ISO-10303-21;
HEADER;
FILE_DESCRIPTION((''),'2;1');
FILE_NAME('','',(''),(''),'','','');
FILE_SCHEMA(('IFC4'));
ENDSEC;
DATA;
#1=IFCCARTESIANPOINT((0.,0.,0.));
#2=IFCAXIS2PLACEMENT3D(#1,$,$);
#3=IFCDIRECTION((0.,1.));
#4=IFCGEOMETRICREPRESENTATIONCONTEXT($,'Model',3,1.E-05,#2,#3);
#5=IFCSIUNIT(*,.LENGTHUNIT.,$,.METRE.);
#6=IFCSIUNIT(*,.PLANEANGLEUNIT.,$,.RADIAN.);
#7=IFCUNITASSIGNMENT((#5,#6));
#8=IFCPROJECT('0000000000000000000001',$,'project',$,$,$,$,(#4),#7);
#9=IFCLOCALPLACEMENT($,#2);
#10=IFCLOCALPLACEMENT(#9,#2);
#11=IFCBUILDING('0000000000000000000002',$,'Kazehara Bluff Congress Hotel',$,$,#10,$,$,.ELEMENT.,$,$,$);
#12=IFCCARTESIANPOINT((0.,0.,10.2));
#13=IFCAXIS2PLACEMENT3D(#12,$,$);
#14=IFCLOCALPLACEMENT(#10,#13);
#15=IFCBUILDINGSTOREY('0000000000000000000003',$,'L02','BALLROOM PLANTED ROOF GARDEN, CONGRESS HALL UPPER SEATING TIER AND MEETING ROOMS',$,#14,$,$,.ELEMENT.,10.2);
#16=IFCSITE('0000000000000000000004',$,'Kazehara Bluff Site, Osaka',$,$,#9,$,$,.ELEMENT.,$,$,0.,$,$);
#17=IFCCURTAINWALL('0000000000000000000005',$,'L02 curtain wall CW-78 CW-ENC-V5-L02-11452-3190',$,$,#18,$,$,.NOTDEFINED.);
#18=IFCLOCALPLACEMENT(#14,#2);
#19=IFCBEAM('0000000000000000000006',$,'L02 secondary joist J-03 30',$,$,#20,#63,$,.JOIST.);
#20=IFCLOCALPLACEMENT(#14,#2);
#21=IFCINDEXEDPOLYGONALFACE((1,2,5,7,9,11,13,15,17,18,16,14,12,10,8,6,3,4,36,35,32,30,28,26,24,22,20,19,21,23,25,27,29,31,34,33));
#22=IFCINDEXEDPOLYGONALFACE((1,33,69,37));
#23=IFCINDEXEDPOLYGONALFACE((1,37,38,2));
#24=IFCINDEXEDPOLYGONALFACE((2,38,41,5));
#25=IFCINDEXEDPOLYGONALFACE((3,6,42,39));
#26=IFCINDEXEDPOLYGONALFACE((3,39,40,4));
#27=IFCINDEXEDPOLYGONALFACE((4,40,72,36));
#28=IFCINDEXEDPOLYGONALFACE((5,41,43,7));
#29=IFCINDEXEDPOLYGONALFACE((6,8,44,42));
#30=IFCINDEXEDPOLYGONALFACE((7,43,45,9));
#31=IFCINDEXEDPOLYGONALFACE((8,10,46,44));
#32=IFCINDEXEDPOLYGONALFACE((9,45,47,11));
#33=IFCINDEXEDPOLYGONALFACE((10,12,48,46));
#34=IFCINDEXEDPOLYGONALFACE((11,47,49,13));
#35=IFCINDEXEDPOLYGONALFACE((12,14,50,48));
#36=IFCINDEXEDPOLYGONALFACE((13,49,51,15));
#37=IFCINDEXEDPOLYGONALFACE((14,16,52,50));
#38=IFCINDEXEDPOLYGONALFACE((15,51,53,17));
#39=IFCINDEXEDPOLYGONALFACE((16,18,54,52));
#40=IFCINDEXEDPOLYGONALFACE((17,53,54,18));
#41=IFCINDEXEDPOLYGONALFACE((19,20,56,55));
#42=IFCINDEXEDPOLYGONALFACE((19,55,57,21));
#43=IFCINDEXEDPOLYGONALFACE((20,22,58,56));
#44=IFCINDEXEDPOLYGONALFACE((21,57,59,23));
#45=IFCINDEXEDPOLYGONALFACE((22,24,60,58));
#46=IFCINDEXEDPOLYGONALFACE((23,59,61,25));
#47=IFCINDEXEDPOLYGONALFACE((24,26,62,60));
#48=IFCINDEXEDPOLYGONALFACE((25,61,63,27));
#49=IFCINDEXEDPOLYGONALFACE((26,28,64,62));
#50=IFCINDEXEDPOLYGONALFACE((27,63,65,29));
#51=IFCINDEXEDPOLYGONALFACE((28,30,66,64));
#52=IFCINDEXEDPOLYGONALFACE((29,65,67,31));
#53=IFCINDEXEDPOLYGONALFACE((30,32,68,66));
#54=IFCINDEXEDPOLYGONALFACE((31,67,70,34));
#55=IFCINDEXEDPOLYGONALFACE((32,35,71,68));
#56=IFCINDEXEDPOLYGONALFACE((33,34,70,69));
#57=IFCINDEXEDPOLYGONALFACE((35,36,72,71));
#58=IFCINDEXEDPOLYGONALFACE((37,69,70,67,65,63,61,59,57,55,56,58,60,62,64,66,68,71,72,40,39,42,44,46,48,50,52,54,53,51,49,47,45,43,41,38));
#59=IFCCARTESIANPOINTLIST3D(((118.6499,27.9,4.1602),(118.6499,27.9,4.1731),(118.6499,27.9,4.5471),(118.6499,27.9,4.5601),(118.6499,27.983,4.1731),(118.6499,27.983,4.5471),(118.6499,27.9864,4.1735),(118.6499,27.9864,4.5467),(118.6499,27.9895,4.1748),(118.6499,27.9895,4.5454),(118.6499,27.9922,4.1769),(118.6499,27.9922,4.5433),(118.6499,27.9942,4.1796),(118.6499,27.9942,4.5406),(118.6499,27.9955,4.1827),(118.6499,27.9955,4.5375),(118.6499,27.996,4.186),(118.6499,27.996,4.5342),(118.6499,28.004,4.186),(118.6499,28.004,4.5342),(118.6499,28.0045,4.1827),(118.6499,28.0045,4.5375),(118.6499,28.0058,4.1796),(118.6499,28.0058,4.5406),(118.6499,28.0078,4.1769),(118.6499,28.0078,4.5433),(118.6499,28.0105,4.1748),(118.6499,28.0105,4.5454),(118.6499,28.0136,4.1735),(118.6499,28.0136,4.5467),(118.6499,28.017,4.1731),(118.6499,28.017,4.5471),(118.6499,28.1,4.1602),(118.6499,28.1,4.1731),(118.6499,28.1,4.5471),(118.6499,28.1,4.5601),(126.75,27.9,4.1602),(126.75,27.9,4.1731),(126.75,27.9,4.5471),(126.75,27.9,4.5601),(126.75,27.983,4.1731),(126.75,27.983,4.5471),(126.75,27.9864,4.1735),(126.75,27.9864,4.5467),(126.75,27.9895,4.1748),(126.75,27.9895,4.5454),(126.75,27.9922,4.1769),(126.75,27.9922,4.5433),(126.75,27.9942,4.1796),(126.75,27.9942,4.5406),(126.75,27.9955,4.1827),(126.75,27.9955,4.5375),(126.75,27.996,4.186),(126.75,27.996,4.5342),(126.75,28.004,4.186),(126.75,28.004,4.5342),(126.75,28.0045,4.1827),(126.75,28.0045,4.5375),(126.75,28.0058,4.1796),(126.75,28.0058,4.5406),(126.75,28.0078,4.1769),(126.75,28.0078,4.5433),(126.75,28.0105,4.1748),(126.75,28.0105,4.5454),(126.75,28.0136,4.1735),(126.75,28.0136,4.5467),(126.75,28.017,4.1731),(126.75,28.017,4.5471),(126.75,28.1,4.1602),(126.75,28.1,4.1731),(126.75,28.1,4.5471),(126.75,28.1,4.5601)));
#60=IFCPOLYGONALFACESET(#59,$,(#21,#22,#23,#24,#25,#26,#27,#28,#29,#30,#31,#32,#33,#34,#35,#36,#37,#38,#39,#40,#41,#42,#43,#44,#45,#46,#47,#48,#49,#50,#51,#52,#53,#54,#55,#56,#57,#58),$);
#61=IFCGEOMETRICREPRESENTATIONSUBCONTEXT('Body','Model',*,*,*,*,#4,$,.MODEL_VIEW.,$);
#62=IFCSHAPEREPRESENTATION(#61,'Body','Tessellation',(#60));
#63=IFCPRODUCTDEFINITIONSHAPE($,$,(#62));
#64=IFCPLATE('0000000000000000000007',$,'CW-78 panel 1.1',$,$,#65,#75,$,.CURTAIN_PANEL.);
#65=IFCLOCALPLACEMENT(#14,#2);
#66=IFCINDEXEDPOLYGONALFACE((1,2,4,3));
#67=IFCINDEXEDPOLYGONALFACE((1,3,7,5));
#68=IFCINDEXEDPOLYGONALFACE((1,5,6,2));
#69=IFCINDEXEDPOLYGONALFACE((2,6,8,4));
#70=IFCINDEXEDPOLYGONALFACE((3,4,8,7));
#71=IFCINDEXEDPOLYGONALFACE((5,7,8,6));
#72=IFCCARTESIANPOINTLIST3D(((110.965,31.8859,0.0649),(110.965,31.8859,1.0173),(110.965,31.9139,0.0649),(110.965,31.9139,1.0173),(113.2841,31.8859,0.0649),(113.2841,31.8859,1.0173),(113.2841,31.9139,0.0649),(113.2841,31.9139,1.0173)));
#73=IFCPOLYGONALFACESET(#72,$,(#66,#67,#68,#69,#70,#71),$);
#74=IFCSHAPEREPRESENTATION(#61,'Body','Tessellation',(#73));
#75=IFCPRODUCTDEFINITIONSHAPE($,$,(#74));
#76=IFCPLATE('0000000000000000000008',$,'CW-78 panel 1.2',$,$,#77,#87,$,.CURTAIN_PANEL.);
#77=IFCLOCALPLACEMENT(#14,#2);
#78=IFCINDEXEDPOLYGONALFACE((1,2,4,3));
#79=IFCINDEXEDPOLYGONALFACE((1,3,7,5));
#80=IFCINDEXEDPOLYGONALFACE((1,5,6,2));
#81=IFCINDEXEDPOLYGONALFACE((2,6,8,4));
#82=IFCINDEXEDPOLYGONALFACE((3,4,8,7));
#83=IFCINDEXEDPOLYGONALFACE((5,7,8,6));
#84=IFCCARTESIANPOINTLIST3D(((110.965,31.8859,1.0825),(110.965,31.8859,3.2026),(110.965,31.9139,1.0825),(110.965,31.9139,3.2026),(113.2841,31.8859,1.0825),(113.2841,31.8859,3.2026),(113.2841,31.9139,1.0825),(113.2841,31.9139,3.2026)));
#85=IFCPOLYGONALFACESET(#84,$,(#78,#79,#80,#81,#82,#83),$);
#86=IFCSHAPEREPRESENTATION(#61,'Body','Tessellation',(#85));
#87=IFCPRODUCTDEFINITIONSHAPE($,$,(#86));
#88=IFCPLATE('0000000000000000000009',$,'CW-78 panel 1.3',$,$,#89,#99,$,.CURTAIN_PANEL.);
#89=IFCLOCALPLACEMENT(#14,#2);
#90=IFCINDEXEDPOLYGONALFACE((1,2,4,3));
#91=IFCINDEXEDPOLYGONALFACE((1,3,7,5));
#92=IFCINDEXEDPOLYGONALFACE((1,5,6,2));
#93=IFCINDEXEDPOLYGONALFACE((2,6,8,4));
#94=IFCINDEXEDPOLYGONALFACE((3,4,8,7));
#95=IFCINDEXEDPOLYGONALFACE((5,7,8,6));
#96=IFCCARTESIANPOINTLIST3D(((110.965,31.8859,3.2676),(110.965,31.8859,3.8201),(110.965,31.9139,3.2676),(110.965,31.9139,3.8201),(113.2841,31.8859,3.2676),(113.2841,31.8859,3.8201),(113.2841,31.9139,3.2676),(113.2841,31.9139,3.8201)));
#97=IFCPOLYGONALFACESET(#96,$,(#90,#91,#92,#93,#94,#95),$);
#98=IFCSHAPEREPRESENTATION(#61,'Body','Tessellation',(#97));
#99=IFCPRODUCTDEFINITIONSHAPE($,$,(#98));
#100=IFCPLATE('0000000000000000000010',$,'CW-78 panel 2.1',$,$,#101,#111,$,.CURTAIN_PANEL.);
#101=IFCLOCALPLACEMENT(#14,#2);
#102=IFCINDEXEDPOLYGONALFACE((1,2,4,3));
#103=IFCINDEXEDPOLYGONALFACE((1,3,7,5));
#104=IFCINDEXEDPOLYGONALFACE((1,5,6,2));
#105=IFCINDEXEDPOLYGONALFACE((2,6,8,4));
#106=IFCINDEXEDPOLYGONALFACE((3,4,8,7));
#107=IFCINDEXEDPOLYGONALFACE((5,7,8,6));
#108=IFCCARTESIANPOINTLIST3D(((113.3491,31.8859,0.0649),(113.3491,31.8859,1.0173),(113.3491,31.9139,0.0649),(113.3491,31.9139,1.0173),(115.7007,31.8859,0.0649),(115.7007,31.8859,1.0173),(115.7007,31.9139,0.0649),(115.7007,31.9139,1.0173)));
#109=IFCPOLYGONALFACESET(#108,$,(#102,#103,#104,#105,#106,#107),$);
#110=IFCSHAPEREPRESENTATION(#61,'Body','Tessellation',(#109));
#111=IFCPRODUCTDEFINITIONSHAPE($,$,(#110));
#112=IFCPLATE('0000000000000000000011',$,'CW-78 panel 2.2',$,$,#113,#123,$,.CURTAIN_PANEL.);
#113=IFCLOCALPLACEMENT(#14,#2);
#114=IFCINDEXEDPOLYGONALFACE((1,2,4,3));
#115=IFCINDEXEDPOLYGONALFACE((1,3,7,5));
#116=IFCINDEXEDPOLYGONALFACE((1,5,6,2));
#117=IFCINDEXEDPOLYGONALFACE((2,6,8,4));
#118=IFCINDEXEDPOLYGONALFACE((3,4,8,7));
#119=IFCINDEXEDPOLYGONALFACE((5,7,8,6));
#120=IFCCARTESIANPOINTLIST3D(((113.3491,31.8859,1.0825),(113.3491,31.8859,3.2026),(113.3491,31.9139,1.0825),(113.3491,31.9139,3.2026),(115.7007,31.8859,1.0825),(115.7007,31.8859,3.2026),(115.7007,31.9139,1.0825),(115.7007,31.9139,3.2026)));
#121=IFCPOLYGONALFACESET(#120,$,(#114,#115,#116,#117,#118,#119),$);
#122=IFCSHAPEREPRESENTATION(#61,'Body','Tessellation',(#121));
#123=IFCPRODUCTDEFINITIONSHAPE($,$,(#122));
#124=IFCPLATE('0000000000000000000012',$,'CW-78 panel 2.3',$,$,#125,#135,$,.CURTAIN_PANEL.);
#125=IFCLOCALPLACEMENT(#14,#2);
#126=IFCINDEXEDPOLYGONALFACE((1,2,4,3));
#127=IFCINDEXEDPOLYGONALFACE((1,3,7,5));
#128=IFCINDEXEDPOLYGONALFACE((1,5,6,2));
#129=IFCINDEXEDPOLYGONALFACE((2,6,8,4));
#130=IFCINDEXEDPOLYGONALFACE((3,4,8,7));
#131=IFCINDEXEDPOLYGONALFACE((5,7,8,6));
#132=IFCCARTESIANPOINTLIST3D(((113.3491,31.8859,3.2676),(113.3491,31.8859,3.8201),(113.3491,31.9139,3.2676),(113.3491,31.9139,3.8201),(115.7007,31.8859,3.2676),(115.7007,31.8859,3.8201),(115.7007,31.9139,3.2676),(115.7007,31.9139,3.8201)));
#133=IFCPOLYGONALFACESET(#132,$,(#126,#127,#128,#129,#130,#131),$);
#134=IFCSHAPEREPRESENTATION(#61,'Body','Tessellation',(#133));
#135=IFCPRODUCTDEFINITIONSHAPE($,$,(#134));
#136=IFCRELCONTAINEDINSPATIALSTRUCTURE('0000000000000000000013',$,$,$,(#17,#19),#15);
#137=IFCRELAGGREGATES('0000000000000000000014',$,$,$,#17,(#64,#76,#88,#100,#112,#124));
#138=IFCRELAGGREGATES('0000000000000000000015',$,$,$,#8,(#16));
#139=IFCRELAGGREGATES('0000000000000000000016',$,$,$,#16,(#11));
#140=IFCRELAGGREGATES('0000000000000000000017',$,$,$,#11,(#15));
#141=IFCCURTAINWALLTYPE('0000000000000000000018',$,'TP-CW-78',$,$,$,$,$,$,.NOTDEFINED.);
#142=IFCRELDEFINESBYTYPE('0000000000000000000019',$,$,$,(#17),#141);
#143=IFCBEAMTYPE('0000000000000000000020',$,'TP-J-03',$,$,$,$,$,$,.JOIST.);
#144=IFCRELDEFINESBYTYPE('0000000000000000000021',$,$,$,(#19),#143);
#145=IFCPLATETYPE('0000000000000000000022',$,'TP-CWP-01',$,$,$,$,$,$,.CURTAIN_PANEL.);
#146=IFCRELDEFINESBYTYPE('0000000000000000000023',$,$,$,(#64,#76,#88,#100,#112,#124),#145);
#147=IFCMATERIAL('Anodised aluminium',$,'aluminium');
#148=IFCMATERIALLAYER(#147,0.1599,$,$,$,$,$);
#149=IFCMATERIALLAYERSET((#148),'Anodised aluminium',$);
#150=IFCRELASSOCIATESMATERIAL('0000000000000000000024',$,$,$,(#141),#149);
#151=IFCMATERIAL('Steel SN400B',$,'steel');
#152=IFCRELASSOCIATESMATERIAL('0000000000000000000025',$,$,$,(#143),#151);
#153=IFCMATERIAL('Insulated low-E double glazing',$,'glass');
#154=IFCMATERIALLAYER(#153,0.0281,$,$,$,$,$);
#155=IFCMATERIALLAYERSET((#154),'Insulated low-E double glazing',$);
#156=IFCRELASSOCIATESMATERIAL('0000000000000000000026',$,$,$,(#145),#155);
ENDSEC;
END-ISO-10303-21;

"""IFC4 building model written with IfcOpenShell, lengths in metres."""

from ifc_helpers import new_model, si_unit, direction, frame, origin, origin_2d, place, context, subcontext, project, spatial, rectangle, i_section, extrude, material, layer, layer_set, material_profile, profile_set, type_object, element, aggregate, save


model = new_model("IFC4")

# Units and contexts
model_context = context("Model", 3, precision=1e-05, world=origin(), true_north=direction((0.0, 1.0)))
body_context = subcontext(model_context, "Body", "Model", "MODEL_VIEW")
ifc_project = project(units=[si_unit("LENGTHUNIT", "METRE"), si_unit("PLANEANGLEUNIT", "RADIAN")], contexts=[model_context])

# Site, building, storey
site_placement = place(None, origin())
site = spatial("IfcSite", under=ifc_project, at=site_placement, Name="Kazehara Bluff Site, Osaka", CompositionType="ELEMENT", RefElevation=0.0)
building_placement = place(site_placement, origin())
building = spatial("IfcBuilding", under=site, at=building_placement, Name="Kazehara Bluff Congress Hotel", CompositionType="ELEMENT")
storey_placement = place(building_placement, frame((0.0, 0.0, 10.2)))
storey = spatial("IfcBuildingStorey", under=building, at=storey_placement, Name="L02", Description="BALLROOM PLANTED ROOF GARDEN, CONGRESS HALL UPPER SEATING TIER AND MEETING ROOMS", CompositionType="ELEMENT", Elevation=10.2)

# Curtain wall
ifc_material_1 = material(Name="Anodised aluminium", Category="aluminium")
ifc_layer_1 = layer(ifc_material_1, 0.1599)
ifc_layer_set_1 = layer_set([ifc_layer_1], Name="Anodised aluminium")
curtain_wall_type = type_object("IfcCurtainWallType", Name="TP-CW-78", PredefinedType="NOTDEFINED", material=ifc_layer_set_1)
curtain_wall_placement = place(storey_placement, origin())
curtain_wall = element("IfcCurtainWall", 1, at=curtain_wall_placement, inside=storey, type_object=curtain_wall_type, Name="L02 curtain wall CW-78 CW-ENC-V5-L02-11452-3190", PredefinedType="NOTDEFINED")

# Beam
ifc_material_2 = material(Name="Steel SN400B", Category="steel")
ifc_material_profile_1 = material_profile(ifc_material_2, i_section(OverallWidth=0.2, OverallDepth=0.3999, WebThickness=0.0081, FlangeThickness=0.0129, FilletRadius=0.0129, at=origin_2d()))
ifc_profile_set_1 = profile_set([ifc_material_profile_1], Name="Steel SN400B")
beam_type_1 = type_object("IfcBeamType", Name="TP-J-03", PredefinedType="JOIST", material=ifc_profile_set_1)
for number, where, z_axis, x_axis, name in (
    (2, (118.6499, 28.0, 4.3601), (1.0, 0.0, 0.0), (0.0, 1.0, 0.0), "L02 secondary joist J-03 30"),
):
    element("IfcBeam", number, at=place(storey_placement, frame(where, z_axis=z_axis, x_axis=x_axis)), inside=storey, type_object=beam_type_1, Name=name, PredefinedType="JOIST", context=body_context, shape_type="SweptSolid", body=[
        extrude(i_section(OverallWidth=0.2, OverallDepth=0.3999, WebThickness=0.0081, FlangeThickness=0.0129, FilletRadius=0.0129, at=origin_2d()), origin(), (0.0, 0.0, 1.0), 8.1001),
    ])

# Plates
ifc_material_3 = material(Name="Insulated low-E double glazing", Category="glass")
ifc_layer_2 = layer(ifc_material_3, 0.0281)
ifc_layer_set_2 = layer_set([ifc_layer_2], Name="Insulated low-E double glazing")
plate_type = type_object("IfcPlateType", Name="TP-CWP-01", PredefinedType="CURTAIN_PANEL", material=ifc_layer_set_2)
plate_1_placement = place(storey_placement, frame((112.1245, 31.8999, 0.0649), z_axis=(0.0, 0.0, 1.0), x_axis=(1.0, 0.0, 0.0)))
plate_1 = element("IfcPlate", 3, at=plate_1_placement, type_object=plate_type, Name="CW-78 panel 1.1", PredefinedType="CURTAIN_PANEL", context=body_context, shape_type="SweptSolid", body=[
    extrude(rectangle(XDim=2.3191, YDim=0.0281, at=origin_2d()), origin(), (0.0, 0.0, 1.0), 0.9524),
])
plate_2_placement = place(storey_placement, frame((112.1245, 31.8999, 1.0825), z_axis=(0.0, 0.0, 1.0), x_axis=(1.0, 0.0, 0.0)))
plate_2 = element("IfcPlate", 4, at=plate_2_placement, type_object=plate_type, Name="CW-78 panel 1.2", PredefinedType="CURTAIN_PANEL", context=body_context, shape_type="SweptSolid", body=[
    extrude(rectangle(XDim=2.3191, YDim=0.0281, at=origin_2d()), origin(), (0.0, 0.0, 1.0), 2.1201),
])
plate_3_placement = place(storey_placement, frame((112.1245, 31.8999, 3.2676), z_axis=(0.0, 0.0, 1.0), x_axis=(1.0, 0.0, 0.0)))
plate_3 = element("IfcPlate", 5, at=plate_3_placement, type_object=plate_type, Name="CW-78 panel 1.3", PredefinedType="CURTAIN_PANEL", context=body_context, shape_type="SweptSolid", body=[
    extrude(rectangle(XDim=2.3191, YDim=0.0281, at=origin_2d()), origin(), (0.0, 0.0, 1.0), 0.5525),
])
plate_4_placement = place(storey_placement, frame((114.5249, 31.8999, 0.0649), z_axis=(0.0, 0.0, 1.0), x_axis=(1.0, 0.0, 0.0)))
plate_4 = element("IfcPlate", 6, at=plate_4_placement, type_object=plate_type, Name="CW-78 panel 2.1", PredefinedType="CURTAIN_PANEL", context=body_context, shape_type="SweptSolid", body=[
    extrude(rectangle(XDim=2.3516, YDim=0.0281, at=origin_2d()), origin(), (0.0, 0.0, 1.0), 0.9524),
])
plate_5_placement = place(storey_placement, frame((114.5249, 31.8999, 1.0825), z_axis=(0.0, 0.0, 1.0), x_axis=(1.0, 0.0, 0.0)))
plate_5 = element("IfcPlate", 7, at=plate_5_placement, type_object=plate_type, Name="CW-78 panel 2.2", PredefinedType="CURTAIN_PANEL", context=body_context, shape_type="SweptSolid", body=[
    extrude(rectangle(XDim=2.3516, YDim=0.0281, at=origin_2d()), origin(), (0.0, 0.0, 1.0), 2.1201),
])
plate_6_placement = place(storey_placement, frame((114.5249, 31.8999, 3.2676), z_axis=(0.0, 0.0, 1.0), x_axis=(1.0, 0.0, 0.0)))
plate_6 = element("IfcPlate", 8, at=plate_6_placement, type_object=plate_type, Name="CW-78 panel 2.3", PredefinedType="CURTAIN_PANEL", context=body_context, shape_type="SweptSolid", body=[
    extrude(rectangle(XDim=2.3516, YDim=0.0281, at=origin_2d()), origin(), (0.0, 0.0, 1.0), 0.5525),
])
aggregate(curtain_wall, [plate_1, plate_2, plate_3, plate_4, plate_5, plate_6])

save(model, "model.ifc")
